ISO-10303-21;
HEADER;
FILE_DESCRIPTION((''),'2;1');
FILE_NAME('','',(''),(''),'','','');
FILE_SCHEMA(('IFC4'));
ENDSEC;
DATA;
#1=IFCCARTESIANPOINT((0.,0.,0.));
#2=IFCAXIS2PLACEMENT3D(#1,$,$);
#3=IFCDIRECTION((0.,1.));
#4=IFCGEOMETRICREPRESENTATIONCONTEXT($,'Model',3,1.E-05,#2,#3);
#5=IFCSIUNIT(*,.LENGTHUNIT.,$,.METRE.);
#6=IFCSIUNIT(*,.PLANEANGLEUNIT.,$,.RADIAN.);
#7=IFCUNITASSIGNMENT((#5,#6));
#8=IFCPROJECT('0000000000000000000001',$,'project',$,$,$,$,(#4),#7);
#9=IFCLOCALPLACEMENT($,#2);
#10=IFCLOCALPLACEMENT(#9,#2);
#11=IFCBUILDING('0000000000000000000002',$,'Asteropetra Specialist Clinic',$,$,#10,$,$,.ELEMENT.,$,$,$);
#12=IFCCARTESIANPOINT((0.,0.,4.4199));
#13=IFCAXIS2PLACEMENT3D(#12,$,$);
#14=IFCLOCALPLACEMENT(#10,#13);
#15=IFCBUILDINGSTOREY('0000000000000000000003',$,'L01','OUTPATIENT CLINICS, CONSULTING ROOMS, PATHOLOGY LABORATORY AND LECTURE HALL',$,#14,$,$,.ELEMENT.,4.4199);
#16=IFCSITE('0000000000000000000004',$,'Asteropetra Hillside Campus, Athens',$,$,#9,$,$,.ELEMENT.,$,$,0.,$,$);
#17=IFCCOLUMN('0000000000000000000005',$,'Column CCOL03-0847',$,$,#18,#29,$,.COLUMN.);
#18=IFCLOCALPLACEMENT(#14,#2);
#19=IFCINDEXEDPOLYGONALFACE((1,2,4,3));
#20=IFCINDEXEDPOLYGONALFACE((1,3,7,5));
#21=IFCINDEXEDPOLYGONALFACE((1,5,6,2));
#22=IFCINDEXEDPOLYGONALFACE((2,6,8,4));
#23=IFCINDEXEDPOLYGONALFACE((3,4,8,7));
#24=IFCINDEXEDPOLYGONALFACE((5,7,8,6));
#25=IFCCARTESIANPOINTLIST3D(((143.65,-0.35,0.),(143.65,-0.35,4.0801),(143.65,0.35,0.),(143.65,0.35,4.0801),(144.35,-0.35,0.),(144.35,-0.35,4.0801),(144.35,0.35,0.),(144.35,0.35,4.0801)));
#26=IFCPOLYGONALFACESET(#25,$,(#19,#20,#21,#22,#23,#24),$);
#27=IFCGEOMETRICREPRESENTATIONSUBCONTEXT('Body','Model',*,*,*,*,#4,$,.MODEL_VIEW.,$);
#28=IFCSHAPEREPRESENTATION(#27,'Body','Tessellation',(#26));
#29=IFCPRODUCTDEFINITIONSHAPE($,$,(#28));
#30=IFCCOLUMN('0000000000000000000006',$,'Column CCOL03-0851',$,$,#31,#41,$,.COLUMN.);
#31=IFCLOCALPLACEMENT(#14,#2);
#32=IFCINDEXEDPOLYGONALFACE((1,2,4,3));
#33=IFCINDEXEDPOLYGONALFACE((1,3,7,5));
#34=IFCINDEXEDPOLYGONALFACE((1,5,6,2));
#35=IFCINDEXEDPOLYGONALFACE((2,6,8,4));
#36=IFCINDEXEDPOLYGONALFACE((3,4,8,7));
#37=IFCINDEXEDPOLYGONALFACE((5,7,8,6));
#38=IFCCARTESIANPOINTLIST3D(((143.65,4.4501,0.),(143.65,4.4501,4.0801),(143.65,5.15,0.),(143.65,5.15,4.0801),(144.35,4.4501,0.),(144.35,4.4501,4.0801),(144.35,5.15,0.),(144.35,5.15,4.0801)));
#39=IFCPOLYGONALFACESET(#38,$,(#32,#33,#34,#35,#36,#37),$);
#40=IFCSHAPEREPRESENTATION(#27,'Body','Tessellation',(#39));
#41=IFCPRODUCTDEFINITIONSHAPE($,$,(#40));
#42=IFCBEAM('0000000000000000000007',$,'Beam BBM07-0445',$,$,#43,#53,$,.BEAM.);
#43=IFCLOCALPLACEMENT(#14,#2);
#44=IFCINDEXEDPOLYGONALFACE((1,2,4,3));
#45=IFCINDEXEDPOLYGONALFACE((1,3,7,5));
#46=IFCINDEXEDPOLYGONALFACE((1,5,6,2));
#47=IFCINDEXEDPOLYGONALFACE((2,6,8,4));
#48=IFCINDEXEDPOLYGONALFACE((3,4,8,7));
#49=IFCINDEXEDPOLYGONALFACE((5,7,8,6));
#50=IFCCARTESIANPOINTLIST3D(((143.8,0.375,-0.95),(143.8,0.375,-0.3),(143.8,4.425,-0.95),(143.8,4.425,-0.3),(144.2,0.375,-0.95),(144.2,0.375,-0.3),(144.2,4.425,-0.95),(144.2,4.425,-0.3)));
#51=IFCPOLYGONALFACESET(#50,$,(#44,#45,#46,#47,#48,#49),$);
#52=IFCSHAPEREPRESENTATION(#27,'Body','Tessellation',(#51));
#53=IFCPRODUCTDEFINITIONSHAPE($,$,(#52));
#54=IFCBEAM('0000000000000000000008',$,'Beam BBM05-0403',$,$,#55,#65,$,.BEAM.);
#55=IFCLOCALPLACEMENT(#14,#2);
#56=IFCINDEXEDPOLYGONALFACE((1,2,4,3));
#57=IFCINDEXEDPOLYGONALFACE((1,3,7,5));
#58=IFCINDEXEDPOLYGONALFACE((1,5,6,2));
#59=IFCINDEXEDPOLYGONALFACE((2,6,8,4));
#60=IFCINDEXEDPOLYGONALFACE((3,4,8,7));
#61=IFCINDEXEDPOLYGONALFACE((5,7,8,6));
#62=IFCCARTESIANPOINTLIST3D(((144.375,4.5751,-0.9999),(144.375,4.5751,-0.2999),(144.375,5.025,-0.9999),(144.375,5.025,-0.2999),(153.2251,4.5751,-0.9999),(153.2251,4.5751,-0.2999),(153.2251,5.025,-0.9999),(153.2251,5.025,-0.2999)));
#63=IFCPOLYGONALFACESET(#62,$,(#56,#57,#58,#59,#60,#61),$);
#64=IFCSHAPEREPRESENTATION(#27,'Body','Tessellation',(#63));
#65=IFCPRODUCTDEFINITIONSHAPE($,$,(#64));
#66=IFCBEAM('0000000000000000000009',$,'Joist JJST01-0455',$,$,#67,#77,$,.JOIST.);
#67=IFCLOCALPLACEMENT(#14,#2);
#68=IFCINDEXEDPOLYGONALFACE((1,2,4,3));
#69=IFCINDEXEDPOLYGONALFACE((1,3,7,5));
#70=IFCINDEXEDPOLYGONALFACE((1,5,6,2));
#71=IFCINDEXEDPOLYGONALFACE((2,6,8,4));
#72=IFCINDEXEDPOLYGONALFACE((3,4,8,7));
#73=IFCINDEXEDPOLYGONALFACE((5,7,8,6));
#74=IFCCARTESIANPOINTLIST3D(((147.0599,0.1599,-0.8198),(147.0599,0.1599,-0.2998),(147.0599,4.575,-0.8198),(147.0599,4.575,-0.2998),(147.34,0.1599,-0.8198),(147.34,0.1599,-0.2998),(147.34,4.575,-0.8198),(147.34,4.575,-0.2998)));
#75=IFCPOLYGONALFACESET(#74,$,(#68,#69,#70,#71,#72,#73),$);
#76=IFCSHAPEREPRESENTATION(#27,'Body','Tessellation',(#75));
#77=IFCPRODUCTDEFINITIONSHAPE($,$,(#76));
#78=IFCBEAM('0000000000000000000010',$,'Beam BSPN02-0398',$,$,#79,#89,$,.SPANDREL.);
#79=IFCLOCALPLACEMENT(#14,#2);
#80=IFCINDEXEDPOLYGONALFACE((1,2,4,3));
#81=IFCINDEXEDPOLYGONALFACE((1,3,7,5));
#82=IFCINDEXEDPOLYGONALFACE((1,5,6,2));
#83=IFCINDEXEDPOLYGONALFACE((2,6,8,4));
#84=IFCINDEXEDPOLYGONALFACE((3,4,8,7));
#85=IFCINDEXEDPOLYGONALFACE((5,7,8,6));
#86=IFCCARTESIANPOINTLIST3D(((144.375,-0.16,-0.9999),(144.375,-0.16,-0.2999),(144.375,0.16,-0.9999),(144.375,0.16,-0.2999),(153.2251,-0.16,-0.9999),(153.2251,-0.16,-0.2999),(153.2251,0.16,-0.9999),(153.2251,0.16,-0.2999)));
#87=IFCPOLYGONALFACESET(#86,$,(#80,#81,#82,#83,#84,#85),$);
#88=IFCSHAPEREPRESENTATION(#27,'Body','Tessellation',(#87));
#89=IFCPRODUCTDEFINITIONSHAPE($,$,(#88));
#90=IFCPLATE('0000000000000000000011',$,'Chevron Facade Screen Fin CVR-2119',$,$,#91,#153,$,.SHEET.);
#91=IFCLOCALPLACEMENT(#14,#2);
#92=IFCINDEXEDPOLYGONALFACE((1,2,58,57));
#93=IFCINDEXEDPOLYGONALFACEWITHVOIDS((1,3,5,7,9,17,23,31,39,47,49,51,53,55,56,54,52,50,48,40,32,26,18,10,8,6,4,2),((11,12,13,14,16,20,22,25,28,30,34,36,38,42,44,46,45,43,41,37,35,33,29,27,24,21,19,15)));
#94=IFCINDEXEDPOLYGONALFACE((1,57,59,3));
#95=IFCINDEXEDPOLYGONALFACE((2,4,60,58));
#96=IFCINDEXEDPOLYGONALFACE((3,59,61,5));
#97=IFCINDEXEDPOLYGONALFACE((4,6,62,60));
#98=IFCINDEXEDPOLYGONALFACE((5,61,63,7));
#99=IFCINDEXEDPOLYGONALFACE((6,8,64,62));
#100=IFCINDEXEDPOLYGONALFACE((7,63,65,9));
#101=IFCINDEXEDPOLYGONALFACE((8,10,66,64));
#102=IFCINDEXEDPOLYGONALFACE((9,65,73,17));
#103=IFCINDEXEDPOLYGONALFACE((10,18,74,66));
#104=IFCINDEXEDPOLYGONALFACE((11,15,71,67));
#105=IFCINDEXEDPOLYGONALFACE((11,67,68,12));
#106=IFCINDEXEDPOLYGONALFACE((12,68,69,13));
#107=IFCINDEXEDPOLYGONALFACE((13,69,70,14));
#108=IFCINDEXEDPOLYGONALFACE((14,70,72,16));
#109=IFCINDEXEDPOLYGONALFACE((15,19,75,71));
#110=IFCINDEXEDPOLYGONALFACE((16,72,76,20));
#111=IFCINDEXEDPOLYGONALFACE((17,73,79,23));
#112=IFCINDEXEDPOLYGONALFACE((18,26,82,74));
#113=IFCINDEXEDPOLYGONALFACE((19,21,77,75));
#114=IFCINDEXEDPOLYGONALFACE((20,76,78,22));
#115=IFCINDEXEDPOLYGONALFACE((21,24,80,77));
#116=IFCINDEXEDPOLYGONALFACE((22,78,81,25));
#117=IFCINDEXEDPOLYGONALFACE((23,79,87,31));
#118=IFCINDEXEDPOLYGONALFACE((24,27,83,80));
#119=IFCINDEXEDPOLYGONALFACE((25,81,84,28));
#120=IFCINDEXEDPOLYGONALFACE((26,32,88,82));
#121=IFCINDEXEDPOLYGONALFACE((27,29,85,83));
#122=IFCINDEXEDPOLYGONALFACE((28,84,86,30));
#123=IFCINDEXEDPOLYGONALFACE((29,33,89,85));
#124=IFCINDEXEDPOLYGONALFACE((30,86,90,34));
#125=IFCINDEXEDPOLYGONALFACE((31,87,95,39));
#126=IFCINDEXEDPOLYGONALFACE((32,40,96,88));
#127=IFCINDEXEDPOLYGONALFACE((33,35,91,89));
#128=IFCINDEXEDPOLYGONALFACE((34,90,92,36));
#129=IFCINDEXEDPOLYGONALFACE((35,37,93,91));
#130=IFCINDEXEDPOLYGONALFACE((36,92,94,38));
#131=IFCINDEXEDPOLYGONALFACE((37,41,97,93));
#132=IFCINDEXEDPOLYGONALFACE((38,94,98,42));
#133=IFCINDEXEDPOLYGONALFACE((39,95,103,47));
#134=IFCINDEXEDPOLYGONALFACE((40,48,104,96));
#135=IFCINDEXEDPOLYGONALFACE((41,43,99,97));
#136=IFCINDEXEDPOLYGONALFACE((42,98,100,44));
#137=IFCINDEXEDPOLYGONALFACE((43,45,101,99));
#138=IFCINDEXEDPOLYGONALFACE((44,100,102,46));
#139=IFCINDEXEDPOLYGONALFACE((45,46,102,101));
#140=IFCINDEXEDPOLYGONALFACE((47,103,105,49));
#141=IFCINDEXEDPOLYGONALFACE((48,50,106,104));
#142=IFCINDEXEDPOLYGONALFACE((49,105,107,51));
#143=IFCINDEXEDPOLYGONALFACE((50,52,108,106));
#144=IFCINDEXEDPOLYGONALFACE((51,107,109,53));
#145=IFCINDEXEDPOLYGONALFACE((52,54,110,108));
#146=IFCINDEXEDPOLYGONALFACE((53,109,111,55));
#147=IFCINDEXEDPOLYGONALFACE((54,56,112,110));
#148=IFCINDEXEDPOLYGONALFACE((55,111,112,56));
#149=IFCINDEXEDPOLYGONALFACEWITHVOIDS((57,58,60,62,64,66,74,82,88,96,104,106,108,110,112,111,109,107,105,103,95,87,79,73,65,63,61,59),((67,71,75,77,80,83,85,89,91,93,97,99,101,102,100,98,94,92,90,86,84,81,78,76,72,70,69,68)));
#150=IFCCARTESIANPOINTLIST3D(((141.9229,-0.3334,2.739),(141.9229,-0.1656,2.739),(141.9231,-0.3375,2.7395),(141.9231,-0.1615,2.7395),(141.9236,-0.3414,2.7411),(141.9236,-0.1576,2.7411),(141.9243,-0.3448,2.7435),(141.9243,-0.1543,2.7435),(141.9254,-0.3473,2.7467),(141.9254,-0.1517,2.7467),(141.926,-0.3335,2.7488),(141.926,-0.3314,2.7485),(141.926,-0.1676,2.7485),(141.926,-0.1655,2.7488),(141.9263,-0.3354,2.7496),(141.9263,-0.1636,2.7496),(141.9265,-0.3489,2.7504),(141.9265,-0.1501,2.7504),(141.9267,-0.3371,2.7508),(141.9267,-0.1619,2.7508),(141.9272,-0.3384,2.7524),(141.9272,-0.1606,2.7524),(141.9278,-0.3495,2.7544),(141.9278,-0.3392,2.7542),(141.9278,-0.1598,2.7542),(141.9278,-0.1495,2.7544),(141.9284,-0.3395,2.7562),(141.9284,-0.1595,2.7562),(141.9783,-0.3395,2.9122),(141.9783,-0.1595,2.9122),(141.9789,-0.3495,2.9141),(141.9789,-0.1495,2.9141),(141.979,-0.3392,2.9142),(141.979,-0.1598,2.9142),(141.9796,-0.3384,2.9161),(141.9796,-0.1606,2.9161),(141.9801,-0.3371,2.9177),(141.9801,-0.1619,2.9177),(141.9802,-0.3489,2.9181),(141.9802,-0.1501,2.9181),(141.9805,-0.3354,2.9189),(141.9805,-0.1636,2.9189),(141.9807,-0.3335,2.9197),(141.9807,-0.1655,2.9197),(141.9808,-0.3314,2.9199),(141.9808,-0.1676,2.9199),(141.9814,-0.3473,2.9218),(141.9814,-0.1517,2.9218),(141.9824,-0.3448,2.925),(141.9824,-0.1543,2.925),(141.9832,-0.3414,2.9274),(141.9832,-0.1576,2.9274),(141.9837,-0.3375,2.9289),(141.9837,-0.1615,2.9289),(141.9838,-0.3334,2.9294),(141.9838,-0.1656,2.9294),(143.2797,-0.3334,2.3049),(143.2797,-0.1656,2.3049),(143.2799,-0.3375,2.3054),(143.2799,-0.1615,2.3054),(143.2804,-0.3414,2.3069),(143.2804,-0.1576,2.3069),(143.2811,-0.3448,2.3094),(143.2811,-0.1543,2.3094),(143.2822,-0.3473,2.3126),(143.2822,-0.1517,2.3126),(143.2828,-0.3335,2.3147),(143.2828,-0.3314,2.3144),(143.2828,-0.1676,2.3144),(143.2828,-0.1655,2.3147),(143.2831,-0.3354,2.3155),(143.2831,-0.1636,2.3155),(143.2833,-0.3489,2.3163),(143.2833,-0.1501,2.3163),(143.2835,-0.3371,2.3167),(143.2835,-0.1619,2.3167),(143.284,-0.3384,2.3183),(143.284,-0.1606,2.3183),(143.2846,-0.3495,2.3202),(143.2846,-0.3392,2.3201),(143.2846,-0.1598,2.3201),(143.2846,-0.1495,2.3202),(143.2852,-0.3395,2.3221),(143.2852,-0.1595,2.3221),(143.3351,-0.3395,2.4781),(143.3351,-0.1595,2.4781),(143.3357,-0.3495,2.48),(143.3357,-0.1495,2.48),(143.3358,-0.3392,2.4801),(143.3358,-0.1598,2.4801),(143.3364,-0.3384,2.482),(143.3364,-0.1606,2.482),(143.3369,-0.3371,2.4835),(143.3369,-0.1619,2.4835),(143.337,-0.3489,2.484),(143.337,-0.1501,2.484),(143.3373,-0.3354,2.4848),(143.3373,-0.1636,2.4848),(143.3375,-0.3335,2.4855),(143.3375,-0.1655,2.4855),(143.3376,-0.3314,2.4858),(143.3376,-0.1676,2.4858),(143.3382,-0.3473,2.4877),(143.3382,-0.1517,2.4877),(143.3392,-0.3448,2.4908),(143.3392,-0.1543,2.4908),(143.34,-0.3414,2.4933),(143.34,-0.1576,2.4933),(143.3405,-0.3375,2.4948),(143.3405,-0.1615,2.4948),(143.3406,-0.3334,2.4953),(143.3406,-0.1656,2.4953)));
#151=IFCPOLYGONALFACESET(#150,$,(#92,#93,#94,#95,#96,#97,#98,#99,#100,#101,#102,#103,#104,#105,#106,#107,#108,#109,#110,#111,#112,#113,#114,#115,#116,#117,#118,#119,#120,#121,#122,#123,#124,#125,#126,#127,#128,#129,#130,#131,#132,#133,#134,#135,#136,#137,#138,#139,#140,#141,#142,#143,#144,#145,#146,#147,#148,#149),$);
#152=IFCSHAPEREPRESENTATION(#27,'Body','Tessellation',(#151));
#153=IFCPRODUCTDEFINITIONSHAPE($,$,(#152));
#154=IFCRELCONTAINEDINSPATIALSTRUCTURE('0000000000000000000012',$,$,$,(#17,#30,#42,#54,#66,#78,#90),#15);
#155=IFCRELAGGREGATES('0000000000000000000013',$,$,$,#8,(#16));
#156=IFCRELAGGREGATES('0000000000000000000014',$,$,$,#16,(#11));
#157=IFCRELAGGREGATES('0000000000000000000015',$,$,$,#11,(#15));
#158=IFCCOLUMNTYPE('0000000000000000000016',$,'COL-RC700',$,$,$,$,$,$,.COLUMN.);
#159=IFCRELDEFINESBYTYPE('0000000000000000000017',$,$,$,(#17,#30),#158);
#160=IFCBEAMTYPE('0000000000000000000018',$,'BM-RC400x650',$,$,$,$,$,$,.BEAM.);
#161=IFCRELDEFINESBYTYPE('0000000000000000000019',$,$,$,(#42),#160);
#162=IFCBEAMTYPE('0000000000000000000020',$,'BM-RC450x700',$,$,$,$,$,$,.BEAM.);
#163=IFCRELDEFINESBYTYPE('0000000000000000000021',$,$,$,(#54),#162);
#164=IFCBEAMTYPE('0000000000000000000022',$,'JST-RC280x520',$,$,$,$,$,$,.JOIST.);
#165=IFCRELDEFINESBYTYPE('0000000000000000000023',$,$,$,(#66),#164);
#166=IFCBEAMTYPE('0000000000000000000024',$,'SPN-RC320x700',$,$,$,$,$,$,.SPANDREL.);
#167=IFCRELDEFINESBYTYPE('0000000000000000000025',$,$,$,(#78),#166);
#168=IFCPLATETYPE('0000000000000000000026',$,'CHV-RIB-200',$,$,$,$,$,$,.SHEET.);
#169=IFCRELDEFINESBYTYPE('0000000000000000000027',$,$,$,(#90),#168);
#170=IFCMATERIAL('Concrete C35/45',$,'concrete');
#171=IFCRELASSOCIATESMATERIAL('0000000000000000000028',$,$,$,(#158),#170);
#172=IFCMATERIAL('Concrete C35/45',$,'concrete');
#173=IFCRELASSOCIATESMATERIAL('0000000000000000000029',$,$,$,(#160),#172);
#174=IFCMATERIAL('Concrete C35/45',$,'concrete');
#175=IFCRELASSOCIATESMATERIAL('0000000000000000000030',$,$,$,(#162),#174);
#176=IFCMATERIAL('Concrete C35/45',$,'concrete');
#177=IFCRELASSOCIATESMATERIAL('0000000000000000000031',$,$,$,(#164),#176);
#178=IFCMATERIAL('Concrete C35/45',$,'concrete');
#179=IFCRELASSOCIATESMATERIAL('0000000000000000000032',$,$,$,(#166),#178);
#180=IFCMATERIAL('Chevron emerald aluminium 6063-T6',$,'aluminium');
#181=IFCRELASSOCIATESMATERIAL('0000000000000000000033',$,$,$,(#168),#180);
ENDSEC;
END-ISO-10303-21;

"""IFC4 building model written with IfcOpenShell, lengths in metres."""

from ifc_helpers import new_model, si_unit, direction, frame, origin, origin_2d, place, context, subcontext, project, spatial, rectangle, hollow_rectangle, extrude, material, material_profile, profile_set, type_object, element, save


model = new_model("IFC4")

# Units and contexts
model_context = context("Model", 3, precision=1e-05, world=origin(), true_north=direction((0.0, 1.0)))
body_context = subcontext(model_context, "Body", "Model", "MODEL_VIEW")
ifc_project = project(units=[si_unit("LENGTHUNIT", "METRE"), si_unit("PLANEANGLEUNIT", "RADIAN")], contexts=[model_context])

# Site, building, storey
site_placement = place(None, origin())
site = spatial("IfcSite", under=ifc_project, at=site_placement, Name="Asteropetra Hillside Campus, Athens", CompositionType="ELEMENT", RefElevation=0.0)
building_placement = place(site_placement, origin())
building = spatial("IfcBuilding", under=site, at=building_placement, Name="Asteropetra Specialist Clinic", CompositionType="ELEMENT")
storey_placement = place(building_placement, frame((0.0, 0.0, 4.4199)))
storey = spatial("IfcBuildingStorey", under=building, at=storey_placement, Name="L01", Description="OUTPATIENT CLINICS, CONSULTING ROOMS, PATHOLOGY LABORATORY AND LECTURE HALL", CompositionType="ELEMENT", Elevation=4.4199)

# Columns
ifc_material_1 = material(Name="Concrete C35/45", Category="concrete")
ifc_material_profile_1 = material_profile(ifc_material_1, rectangle(XDim=0.7, YDim=0.7, at=origin_2d()), Name="RC 700x700")
ifc_profile_set_1 = profile_set([ifc_material_profile_1], Name="Concrete C35/45")
column_type = type_object("IfcColumnType", Name="COL-RC700", PredefinedType="COLUMN", material=ifc_profile_set_1)
for number, where, z_axis, x_axis, name in (
    (1, (144.0, 0.0, 0.0), (0.0, 0.0, 1.0), (1.0, 0.0, 0.0), "Column CCOL03-0847"),
    (2, (144.0, 4.8, 0.0), (0.0, 0.0, 1.0), (1.0, 0.0, 0.0), "Column CCOL03-0851"),
):
    element("IfcColumn", number, at=place(storey_placement, frame(where, z_axis=z_axis, x_axis=x_axis)), inside=storey, type_object=column_type, Name=name, PredefinedType="COLUMN", context=body_context, shape_type="SweptSolid", body=[
        extrude(rectangle(XDim=0.7, YDim=0.7, at=origin_2d()), origin(), (0.0, 0.0, 1.0), 4.0801),
    ])

# Beams
ifc_material_2 = material(Name="Concrete C35/45", Category="concrete")
ifc_material_profile_2 = material_profile(ifc_material_2, rectangle(XDim=0.3999, YDim=0.6499, at=origin_2d()), Name="RCB 400x650")
ifc_profile_set_2 = profile_set([ifc_material_profile_2], Name="Concrete C35/45")
beam_type_1 = type_object("IfcBeamType", Name="BM-RC400x650", PredefinedType="BEAM", material=ifc_profile_set_2)
beam_1_placement = place(storey_placement, frame((144.0, 0.375, -0.625), z_axis=(0.0, 1.0, 0.0), x_axis=(-1.0, 0.0, 0.0)))
element("IfcBeam", 3, at=beam_1_placement, inside=storey, type_object=beam_type_1, Name="Beam BBM07-0445", PredefinedType="BEAM", context=body_context, shape_type="SweptSolid", body=[
    extrude(rectangle(XDim=0.3999, YDim=0.6499, at=origin_2d()), origin(), (0.0, 0.0, 1.0), 4.05),
])
ifc_material_3 = material(Name="Concrete C35/45", Category="concrete")
ifc_material_profile_3 = material_profile(ifc_material_3, rectangle(XDim=0.45, YDim=0.7, at=origin_2d()), Name="RCB 450x700")
ifc_profile_set_3 = profile_set([ifc_material_profile_3], Name="Concrete C35/45")
beam_type_2 = type_object("IfcBeamType", Name="BM-RC450x700", PredefinedType="BEAM", material=ifc_profile_set_3)
beam_2_placement = place(storey_placement, frame((144.375, 4.8, -0.6499), z_axis=(1.0, 0.0, 0.0), x_axis=(0.0, 1.0, 0.0)))
element("IfcBeam", 4, at=beam_2_placement, inside=storey, type_object=beam_type_2, Name="Beam BBM05-0403", PredefinedType="BEAM", context=body_context, shape_type="SweptSolid", body=[
    extrude(rectangle(XDim=0.45, YDim=0.7, at=origin_2d()), origin(), (0.0, 0.0, 1.0), 8.8501),
])
ifc_material_4 = material(Name="Concrete C35/45", Category="concrete")
ifc_material_profile_4 = material_profile(ifc_material_4, rectangle(XDim=0.28, YDim=0.52, at=origin_2d()), Name="RCJ 280x520")
ifc_profile_set_4 = profile_set([ifc_material_profile_4], Name="Concrete C35/45")
beam_type_3 = type_object("IfcBeamType", Name="JST-RC280x520", PredefinedType="JOIST", material=ifc_profile_set_4)
beam_3_placement = place(storey_placement, frame((147.2, 0.1599, -0.5598), z_axis=(0.0, 1.0, 0.0), x_axis=(-1.0, 0.0, 0.0)))
element("IfcBeam", 5, at=beam_3_placement, inside=storey, type_object=beam_type_3, Name="Joist JJST01-0455", PredefinedType="JOIST", context=body_context, shape_type="SweptSolid", body=[
    extrude(rectangle(XDim=0.28, YDim=0.52, at=origin_2d()), origin(), (0.0, 0.0, 1.0), 4.415),
])
ifc_material_5 = material(Name="Concrete C35/45", Category="concrete")
ifc_material_profile_5 = material_profile(ifc_material_5, rectangle(XDim=0.3201, YDim=0.7, at=origin_2d()), Name="RCS 320x700")
ifc_profile_set_5 = profile_set([ifc_material_profile_5], Name="Concrete C35/45")
beam_type_4 = type_object("IfcBeamType", Name="SPN-RC320x700", PredefinedType="SPANDREL", material=ifc_profile_set_5)
beam_4_placement = place(storey_placement, frame((144.375, 0.0, -0.6499), z_axis=(1.0, 0.0, 0.0), x_axis=(0.0, 1.0, 0.0)))
element("IfcBeam", 6, at=beam_4_placement, inside=storey, type_object=beam_type_4, Name="Beam BSPN02-0398", PredefinedType="SPANDREL", context=body_context, shape_type="SweptSolid", body=[
    extrude(rectangle(XDim=0.3201, YDim=0.7, at=origin_2d()), origin(), (0.0, 0.0, 1.0), 8.8501),
])

# Plate
ifc_material_6 = material(Name="Chevron emerald aluminium 6063-T6", Category="aluminium")
ifc_material_profile_6 = material_profile(ifc_material_6, hollow_rectangle(XDim=0.2, YDim=0.2, WallThickness=0.01, InnerFilletRadius=0.0081, OuterFilletRadius=0.0161, at=origin_2d()), Name="SHS 200x200x10.0")
ifc_profile_set_6 = profile_set([ifc_material_profile_6], Name="Chevron emerald aluminium 6063-T6")
plate_type = type_object("IfcPlateType", Name="CHV-RIB-200", PredefinedType="SHEET", material=ifc_profile_set_6)
for number, where, z_axis, x_axis, name in (
    (7, (141.9534, -0.2495, 2.8342), (0.952436, 0.0, -0.304738), (0.0, 1.0, 0.0), "Chevron Facade Screen Fin CVR-2119"),
):
    element("IfcPlate", number, at=place(storey_placement, frame(where, z_axis=z_axis, x_axis=x_axis)), inside=storey, type_object=plate_type, Name=name, PredefinedType="SHEET", context=body_context, shape_type="SweptSolid", body=[
        extrude(hollow_rectangle(XDim=0.2, YDim=0.2, WallThickness=0.01, InnerFilletRadius=0.0081, OuterFilletRadius=0.0161, at=origin_2d()), origin(), (0.0, 0.0, 1.0), 1.4246),
    ])

save(model, "model.ifc")
